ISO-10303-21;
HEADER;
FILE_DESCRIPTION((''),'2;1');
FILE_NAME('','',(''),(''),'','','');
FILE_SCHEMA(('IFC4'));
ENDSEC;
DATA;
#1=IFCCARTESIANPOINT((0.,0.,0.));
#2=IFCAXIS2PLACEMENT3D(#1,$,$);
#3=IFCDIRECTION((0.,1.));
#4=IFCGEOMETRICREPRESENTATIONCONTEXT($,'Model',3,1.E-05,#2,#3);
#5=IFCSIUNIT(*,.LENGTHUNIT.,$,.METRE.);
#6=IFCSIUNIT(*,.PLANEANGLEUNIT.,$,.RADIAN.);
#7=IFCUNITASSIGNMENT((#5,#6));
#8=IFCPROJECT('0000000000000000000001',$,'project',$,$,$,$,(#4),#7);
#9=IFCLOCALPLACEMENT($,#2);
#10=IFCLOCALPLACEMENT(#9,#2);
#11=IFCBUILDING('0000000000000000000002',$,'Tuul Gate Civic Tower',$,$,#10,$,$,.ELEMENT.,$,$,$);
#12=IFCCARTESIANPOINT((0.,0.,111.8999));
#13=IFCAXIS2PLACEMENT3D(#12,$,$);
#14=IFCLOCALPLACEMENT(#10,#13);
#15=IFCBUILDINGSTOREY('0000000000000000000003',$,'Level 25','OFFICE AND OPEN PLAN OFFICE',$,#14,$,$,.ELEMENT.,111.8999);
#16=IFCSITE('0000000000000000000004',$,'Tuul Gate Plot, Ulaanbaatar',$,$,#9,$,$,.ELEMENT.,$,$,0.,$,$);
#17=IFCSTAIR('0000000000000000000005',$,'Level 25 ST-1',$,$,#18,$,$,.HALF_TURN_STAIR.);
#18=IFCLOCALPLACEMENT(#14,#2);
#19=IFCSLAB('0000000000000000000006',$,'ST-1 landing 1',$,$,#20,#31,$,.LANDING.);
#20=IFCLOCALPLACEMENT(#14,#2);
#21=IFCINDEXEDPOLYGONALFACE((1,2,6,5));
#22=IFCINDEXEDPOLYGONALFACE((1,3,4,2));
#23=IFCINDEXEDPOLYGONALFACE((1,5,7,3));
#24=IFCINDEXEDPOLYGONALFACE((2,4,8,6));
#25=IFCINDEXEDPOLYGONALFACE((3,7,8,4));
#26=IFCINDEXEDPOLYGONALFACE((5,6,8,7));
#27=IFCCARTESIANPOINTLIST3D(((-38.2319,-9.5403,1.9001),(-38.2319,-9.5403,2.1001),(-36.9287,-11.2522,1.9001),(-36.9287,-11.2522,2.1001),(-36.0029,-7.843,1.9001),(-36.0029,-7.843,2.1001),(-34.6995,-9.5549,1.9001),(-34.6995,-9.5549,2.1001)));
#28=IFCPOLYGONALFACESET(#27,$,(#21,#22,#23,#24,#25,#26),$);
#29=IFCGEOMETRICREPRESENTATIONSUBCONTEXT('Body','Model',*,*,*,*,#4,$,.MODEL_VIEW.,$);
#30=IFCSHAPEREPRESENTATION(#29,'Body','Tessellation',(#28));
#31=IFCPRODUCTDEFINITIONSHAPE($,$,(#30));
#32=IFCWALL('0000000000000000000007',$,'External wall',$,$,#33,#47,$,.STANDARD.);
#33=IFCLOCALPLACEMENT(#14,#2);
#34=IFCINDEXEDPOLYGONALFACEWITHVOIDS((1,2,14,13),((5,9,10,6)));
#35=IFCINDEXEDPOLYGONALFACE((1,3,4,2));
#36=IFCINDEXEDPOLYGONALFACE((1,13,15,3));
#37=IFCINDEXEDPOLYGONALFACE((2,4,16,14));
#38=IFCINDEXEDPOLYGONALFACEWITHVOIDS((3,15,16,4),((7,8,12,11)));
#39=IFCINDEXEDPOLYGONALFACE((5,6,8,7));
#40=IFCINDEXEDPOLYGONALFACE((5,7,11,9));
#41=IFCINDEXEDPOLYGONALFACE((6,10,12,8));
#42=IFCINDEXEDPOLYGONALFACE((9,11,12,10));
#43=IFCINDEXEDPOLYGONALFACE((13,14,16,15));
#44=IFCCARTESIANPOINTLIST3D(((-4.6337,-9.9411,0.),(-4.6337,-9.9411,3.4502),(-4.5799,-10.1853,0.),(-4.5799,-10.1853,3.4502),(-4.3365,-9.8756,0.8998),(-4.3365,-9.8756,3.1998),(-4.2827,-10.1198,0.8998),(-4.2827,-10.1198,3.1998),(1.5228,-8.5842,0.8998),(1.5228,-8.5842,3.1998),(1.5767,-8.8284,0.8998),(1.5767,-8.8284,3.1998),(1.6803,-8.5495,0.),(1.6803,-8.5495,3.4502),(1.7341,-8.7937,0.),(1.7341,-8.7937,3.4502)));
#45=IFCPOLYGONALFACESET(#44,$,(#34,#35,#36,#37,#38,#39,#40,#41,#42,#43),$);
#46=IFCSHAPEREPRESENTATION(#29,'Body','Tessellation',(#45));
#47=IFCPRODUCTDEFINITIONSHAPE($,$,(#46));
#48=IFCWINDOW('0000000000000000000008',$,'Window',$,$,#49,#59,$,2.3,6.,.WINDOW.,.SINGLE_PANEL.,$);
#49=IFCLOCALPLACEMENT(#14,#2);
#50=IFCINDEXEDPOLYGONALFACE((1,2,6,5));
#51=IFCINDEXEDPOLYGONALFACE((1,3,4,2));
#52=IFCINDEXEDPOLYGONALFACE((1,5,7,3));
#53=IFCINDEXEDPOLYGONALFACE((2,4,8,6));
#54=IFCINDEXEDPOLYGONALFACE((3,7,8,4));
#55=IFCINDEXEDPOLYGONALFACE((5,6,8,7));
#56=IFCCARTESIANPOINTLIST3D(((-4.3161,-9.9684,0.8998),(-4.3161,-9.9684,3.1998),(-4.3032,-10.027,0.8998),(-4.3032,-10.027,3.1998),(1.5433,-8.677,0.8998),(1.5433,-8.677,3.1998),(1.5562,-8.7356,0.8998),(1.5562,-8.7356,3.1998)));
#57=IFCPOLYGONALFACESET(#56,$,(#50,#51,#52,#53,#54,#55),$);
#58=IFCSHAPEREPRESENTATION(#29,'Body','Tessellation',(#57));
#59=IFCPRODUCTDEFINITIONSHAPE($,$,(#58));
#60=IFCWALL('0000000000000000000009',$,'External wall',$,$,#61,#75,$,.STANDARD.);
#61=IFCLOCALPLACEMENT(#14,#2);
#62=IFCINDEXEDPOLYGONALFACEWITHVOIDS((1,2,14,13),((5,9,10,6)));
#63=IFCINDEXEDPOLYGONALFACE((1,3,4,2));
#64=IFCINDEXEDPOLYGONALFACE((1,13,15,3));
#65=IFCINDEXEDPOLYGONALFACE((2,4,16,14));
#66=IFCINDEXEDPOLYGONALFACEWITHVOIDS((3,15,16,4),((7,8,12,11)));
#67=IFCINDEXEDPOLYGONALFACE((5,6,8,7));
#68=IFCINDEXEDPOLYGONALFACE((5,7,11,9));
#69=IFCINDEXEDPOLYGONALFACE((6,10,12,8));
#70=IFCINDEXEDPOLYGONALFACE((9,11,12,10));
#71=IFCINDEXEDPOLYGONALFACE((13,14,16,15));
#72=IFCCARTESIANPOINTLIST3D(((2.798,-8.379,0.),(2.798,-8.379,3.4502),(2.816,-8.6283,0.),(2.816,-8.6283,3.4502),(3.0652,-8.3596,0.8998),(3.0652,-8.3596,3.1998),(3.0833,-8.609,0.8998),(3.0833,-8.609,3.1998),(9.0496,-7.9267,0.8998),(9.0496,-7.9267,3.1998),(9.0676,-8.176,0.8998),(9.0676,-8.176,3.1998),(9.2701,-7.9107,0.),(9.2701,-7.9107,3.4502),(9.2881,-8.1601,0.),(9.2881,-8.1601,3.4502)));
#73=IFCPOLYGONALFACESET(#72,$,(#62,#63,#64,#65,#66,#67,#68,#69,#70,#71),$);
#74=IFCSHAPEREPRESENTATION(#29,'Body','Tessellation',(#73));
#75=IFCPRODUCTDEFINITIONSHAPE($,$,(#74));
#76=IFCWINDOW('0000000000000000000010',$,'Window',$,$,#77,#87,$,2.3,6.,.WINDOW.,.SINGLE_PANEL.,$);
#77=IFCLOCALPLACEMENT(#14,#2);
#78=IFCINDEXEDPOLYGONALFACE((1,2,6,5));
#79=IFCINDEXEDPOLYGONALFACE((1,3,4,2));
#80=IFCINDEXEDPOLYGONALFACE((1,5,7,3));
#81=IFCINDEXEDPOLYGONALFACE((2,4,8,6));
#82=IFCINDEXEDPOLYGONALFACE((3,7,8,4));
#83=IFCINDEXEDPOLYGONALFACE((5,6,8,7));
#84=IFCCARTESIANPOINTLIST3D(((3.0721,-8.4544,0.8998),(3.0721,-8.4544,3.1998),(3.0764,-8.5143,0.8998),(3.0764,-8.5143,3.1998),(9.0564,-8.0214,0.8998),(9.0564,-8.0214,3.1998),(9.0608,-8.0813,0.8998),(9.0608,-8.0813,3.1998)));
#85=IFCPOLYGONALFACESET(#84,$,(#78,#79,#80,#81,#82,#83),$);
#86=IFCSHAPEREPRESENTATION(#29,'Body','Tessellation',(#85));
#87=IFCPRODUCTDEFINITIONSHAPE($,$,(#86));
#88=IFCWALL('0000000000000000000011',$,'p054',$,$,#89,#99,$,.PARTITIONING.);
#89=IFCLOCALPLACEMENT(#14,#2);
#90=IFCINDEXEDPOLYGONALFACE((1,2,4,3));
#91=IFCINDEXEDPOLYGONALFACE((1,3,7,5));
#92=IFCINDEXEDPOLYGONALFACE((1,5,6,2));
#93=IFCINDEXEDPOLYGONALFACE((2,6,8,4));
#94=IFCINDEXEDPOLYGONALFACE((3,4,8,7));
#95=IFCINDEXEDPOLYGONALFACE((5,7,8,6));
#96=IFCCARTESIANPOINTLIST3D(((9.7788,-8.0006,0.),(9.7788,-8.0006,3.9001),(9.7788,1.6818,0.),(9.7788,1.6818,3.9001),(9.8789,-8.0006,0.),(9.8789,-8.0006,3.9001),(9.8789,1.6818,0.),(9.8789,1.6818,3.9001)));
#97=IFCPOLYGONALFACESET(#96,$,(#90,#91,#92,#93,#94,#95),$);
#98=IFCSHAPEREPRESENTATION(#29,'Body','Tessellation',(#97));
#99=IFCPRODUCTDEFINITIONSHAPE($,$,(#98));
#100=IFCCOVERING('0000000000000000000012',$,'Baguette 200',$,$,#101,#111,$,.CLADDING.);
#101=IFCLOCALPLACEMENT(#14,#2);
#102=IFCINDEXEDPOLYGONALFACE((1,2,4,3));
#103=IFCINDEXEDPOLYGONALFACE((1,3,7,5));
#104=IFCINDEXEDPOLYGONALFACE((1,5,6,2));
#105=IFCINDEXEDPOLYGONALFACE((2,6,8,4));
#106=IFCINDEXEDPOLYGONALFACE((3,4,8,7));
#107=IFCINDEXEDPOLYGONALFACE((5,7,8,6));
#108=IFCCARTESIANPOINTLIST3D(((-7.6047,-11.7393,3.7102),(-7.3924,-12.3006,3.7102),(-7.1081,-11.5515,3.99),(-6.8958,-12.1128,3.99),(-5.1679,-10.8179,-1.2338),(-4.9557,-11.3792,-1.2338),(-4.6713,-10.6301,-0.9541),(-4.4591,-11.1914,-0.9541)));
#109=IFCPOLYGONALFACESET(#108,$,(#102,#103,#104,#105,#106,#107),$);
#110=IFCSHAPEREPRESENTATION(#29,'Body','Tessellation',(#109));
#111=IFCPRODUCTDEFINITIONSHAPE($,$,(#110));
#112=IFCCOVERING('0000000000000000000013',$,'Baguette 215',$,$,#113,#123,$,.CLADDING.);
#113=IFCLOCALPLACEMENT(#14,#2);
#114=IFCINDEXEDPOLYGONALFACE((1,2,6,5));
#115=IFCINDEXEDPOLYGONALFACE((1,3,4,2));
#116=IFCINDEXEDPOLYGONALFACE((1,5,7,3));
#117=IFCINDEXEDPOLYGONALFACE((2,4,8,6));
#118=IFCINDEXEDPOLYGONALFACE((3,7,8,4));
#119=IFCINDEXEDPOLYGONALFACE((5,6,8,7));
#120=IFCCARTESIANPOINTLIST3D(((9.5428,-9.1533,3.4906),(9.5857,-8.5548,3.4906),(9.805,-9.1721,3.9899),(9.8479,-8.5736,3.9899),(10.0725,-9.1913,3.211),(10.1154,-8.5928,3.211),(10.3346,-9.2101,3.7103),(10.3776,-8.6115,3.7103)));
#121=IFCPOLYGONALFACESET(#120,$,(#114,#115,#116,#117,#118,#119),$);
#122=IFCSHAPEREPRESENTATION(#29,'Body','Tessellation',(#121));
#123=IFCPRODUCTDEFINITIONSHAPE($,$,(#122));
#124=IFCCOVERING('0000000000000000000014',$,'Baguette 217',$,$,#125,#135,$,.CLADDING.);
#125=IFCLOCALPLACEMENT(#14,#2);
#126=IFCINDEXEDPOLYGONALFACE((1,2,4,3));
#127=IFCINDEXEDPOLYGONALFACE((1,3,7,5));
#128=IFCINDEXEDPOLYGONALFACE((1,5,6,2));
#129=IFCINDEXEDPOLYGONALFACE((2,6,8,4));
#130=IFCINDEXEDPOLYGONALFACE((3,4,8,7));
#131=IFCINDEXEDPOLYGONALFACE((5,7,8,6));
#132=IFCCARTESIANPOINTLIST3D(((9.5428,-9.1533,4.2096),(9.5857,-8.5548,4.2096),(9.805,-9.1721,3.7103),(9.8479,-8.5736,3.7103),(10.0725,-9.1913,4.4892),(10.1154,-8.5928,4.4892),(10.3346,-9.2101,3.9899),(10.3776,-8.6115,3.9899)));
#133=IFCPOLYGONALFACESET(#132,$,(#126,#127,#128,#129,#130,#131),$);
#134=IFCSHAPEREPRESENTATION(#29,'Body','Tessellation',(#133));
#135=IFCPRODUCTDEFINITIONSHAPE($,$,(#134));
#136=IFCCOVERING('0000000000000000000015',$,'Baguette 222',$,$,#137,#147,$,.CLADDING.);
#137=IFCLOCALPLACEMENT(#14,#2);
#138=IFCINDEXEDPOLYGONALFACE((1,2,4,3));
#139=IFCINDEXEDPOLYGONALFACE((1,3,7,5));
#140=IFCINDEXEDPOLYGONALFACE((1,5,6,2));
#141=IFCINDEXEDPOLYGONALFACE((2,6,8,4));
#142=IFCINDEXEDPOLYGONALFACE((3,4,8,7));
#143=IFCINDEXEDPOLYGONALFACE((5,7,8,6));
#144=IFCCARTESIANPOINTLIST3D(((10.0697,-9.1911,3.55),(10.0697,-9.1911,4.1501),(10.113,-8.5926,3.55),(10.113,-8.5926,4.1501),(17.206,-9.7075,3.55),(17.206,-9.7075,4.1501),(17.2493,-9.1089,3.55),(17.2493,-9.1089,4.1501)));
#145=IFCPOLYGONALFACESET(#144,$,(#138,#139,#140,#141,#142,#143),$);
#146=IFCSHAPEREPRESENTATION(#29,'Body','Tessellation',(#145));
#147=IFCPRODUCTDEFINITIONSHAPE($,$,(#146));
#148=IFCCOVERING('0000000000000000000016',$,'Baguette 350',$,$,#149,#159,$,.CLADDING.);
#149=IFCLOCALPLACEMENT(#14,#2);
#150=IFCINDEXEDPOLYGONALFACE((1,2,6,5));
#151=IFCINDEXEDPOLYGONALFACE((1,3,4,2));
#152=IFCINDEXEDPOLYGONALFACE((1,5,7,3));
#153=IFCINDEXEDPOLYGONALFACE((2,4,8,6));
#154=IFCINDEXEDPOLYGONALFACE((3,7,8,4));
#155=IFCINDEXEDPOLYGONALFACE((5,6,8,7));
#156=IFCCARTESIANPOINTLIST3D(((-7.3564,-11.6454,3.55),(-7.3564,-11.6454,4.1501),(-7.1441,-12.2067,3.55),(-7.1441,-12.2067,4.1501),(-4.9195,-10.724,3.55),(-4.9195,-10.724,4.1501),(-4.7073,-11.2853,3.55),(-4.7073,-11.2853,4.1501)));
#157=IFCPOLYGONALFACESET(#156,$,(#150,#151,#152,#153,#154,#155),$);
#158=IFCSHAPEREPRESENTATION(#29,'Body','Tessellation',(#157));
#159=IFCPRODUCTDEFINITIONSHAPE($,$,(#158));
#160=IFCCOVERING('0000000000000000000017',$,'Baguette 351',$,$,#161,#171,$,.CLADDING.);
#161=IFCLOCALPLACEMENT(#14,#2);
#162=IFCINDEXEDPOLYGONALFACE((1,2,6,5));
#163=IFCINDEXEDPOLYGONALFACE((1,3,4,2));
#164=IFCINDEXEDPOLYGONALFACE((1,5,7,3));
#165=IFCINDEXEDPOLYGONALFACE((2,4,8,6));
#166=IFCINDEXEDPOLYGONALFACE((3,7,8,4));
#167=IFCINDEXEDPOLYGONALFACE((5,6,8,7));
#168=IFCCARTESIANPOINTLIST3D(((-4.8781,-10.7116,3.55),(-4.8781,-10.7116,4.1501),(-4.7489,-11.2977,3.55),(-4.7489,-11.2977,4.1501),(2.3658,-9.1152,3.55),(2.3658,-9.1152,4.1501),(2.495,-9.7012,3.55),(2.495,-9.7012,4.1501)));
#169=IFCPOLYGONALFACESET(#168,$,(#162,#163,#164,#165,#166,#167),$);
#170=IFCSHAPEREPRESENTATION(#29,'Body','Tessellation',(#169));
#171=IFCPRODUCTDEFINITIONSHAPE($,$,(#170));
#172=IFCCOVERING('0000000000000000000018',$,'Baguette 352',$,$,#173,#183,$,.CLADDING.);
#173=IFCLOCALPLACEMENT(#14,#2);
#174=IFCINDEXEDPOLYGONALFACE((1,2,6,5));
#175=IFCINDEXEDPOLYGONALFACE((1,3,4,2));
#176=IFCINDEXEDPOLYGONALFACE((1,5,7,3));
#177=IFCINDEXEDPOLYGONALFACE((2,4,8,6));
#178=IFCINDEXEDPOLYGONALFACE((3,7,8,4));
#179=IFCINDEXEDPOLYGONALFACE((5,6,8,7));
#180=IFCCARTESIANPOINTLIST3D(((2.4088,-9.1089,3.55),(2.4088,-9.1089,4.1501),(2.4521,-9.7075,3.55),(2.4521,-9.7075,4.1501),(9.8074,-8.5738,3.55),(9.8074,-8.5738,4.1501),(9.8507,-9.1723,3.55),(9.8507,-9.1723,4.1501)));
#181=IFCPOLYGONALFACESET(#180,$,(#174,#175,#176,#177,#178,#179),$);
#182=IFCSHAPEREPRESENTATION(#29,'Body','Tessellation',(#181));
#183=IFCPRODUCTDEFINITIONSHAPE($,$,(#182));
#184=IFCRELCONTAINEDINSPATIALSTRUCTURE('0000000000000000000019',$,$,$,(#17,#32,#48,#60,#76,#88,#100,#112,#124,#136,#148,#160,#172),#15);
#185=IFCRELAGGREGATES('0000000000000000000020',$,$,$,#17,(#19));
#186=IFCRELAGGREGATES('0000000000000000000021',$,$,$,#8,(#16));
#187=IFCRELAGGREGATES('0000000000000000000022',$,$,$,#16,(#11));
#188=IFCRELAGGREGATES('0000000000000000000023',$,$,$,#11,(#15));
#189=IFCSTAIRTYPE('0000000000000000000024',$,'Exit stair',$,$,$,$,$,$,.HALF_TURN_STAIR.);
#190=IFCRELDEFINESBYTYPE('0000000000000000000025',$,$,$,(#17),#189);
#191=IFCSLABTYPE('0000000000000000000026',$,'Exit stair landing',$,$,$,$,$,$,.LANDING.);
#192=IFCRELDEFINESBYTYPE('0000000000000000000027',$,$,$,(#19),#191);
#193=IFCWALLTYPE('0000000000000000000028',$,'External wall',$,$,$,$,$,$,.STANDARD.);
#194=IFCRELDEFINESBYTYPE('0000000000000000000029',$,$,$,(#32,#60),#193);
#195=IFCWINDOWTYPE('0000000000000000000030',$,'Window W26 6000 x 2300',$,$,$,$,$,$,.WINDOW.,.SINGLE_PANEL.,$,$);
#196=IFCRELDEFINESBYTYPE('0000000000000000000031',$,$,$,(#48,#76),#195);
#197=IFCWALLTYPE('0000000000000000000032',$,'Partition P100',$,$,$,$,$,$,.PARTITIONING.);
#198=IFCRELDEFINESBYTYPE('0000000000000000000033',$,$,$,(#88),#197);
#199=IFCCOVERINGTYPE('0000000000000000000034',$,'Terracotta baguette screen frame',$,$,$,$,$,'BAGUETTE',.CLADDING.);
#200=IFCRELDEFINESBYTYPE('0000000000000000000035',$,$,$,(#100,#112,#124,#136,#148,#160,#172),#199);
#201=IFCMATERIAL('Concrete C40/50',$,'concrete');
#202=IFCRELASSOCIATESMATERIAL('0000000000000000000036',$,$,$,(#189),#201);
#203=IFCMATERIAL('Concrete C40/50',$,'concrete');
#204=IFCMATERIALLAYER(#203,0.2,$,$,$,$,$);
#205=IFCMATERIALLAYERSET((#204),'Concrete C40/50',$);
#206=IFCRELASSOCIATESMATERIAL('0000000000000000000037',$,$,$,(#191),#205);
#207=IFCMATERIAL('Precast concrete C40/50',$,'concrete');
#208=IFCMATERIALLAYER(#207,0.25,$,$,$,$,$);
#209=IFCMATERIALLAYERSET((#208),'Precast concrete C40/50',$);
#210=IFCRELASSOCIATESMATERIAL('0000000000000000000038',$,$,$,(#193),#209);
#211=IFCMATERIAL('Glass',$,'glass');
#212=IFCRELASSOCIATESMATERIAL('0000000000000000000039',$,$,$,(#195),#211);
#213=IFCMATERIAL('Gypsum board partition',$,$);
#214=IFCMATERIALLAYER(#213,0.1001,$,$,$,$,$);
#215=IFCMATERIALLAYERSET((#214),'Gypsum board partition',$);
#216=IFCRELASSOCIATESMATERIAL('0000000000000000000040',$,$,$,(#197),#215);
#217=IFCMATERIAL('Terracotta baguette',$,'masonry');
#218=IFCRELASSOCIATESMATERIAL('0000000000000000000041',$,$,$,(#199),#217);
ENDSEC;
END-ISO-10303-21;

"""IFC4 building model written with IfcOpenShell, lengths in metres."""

from ifc_helpers import new_model, si_unit, direction, frame, frame_2d, origin, origin_2d, place, context, subcontext, project, spatial, polyline, rectangle, outline, extrude, material, layer, layer_set, material_profile, profile_set, type_object, element, fill, aggregate, save


model = new_model("IFC4")

# Units and contexts
model_context = context("Model", 3, precision=1e-05, world=origin(), true_north=direction((0.0, 1.0)))
body_context = subcontext(model_context, "Body", "Model", "MODEL_VIEW")
ifc_project = project(units=[si_unit("LENGTHUNIT", "METRE"), si_unit("PLANEANGLEUNIT", "RADIAN")], contexts=[model_context])

# Site, building, storey
site_placement = place(None, origin())
site = spatial("IfcSite", under=ifc_project, at=site_placement, Name="Tuul Gate Plot, Ulaanbaatar", CompositionType="ELEMENT", RefElevation=0.0)
building_placement = place(site_placement, origin())
building = spatial("IfcBuilding", under=site, at=building_placement, Name="Tuul Gate Civic Tower", CompositionType="ELEMENT")
storey_placement = place(building_placement, frame((0.0, 0.0, 111.8999)))
storey = spatial("IfcBuildingStorey", under=building, at=storey_placement, Name="Level 25", Description="OFFICE AND OPEN PLAN OFFICE", CompositionType="ELEMENT", Elevation=111.8999)

# Stair, slab
ifc_material_1 = material(Name="Concrete C40/50", Category="concrete")
stair_type = type_object("IfcStairType", Name="Exit stair", PredefinedType="HALF_TURN_STAIR", material=ifc_material_1)
stair_placement = place(storey_placement, origin())
stair = element("IfcStair", 1, at=stair_placement, inside=storey, type_object=stair_type, Name="Level 25 ST-1", PredefinedType="HALF_TURN_STAIR")
ifc_material_2 = material(Name="Concrete C40/50", Category="concrete")
ifc_layer_1 = layer(ifc_material_2, 0.2)
ifc_layer_set_1 = layer_set([ifc_layer_1], Name="Concrete C40/50")
slab_type = type_object("IfcSlabType", Name="Exit stair landing", PredefinedType="LANDING", material=ifc_layer_set_1)
slab_placement = place(storey_placement, frame((0.0, 0.0, 1.9001)))
slab = element("IfcSlab", 2, at=slab_placement, type_object=slab_type, Name="ST-1 landing 1", PredefinedType="LANDING", context=body_context, shape_type="SweptSolid", body=[
    extrude(outline(polyline([(-34.6995, -9.5549), (-36.9287, -11.2522), (-38.2319, -9.5403), (-36.0029, -7.843), (-34.6995, -9.5549)])), origin(), (0.0, 0.0, 1.0), 0.2),
])
aggregate(stair, [slab])

# Walls, openings, windows
ifc_material_3 = material(Name="Precast concrete C40/50", Category="concrete")
ifc_layer_2 = layer(ifc_material_3, 0.25)
ifc_layer_set_2 = layer_set([ifc_layer_2], Name="Precast concrete C40/50")
wall_type_1 = type_object("IfcWallType", Name="External wall", PredefinedType="STANDARD", material=ifc_layer_set_2)
wall_1_placement = place(storey_placement, frame((-4.6069, -10.0632, 0.0), z_axis=(0.0, 0.0, 1.0), x_axis=(0.976562, 0.215235, 0.0)))
wall_1 = element("IfcWall", 3, at=wall_1_placement, inside=storey, type_object=wall_type_1, Name="External wall", PredefinedType="STANDARD", context=body_context, shape_type="SweptSolid", body=[
    extrude(rectangle(XDim=6.4656, YDim=0.25, at=frame_2d((3.2329, 0.0))), origin(), (0.0, 0.0, 1.0), 3.4502),
])
opening_1_placement = place(wall_1_placement, frame((0.3044, 0.0, 0.8999)))
opening_1 = element("IfcOpeningElement", 4, at=opening_1_placement, cuts=wall_1, PredefinedType="OPENING", context=body_context, shape_type="SweptSolid", body=[
    extrude(rectangle(XDim=6.0, YDim=2.3, at=frame_2d((3.0, 1.1499))), frame((0.0, 0.135, 0.0), z_axis=(0.0, -1.0, 0.0), x_axis=(1.0, 0.0, 0.0)), (0.0, 0.0, 1.0), 0.27),
])
ifc_material_4 = material(Name="Glass", Category="glass")
window_type = type_object("IfcWindowType", Name="Window W26 6000 x 2300", PartitioningType="SINGLE_PANEL", PredefinedType="WINDOW", material=ifc_material_4)
window_1_placement = place(opening_1_placement, origin())
window_1 = element("IfcWindow", 5, at=window_1_placement, inside=storey, type_object=window_type, Name="Window", OverallHeight=2.3, OverallWidth=6.0, PartitioningType="SINGLE_PANEL", PredefinedType="WINDOW", context=body_context, shape_type="SweptSolid", body=[
    extrude(rectangle(XDim=6.0, YDim=2.3, at=frame_2d((3.0, 1.1499))), frame((0.0, 0.03, 0.0), z_axis=(0.0, -1.0, 0.0), x_axis=(1.0, 0.0, 0.0)), (0.0, 0.0, 1.0), 0.0601),
])
fill(opening_1, window_1)
wall_2_placement = place(storey_placement, frame((2.8069, -8.5037, 0.0), z_axis=(0.0, 0.0, 1.0), x_axis=(0.997393, 0.072161, 0.0)))
wall_2 = element("IfcWall", 6, at=wall_2_placement, inside=storey, type_object=wall_type_1, Name="External wall", PredefinedType="STANDARD", context=body_context, shape_type="SweptSolid", body=[
    extrude(rectangle(XDim=6.489, YDim=0.25, at=frame_2d((3.2446, 0.0))), origin(), (0.0, 0.0, 1.0), 3.4502),
])
opening_2_placement = place(wall_2_placement, frame((0.2681, 0.0, 0.8999)))
opening_2 = element("IfcOpeningElement", 7, at=opening_2_placement, cuts=wall_2, PredefinedType="OPENING", context=body_context, shape_type="SweptSolid", body=[
    extrude(rectangle(XDim=6.0, YDim=2.3, at=frame_2d((3.0, 1.1499))), frame((0.0, 0.135, 0.0), z_axis=(0.0, -1.0, 0.0), x_axis=(1.0, 0.0, 0.0)), (0.0, 0.0, 1.0), 0.27),
])
window_2_placement = place(opening_2_placement, origin())
window_2 = element("IfcWindow", 8, at=window_2_placement, inside=storey, type_object=window_type, Name="Window", OverallHeight=2.3, OverallWidth=6.0, PartitioningType="SINGLE_PANEL", PredefinedType="WINDOW", context=body_context, shape_type="SweptSolid", body=[
    extrude(rectangle(XDim=6.0, YDim=2.3, at=frame_2d((3.0, 1.1499))), frame((0.0, 0.03, 0.0), z_axis=(0.0, -1.0, 0.0), x_axis=(1.0, 0.0, 0.0)), (0.0, 0.0, 1.0), 0.0601),
])
fill(opening_2, window_2)

# Wall
ifc_material_5 = material(Name="Gypsum board partition")
ifc_layer_3 = layer(ifc_material_5, 0.1001)
ifc_layer_set_3 = layer_set([ifc_layer_3], Name="Gypsum board partition")
wall_type_2 = type_object("IfcWallType", Name="Partition P100", PredefinedType="PARTITIONING", material=ifc_layer_set_3)
wall_3_placement = place(storey_placement, frame((9.8289, -8.0007, 0.0), z_axis=(0.0, 0.0, 1.0), x_axis=(0.0, 1.0, 0.0)))
element("IfcWall", 9, at=wall_3_placement, inside=storey, type_object=wall_type_2, Name="p054", PredefinedType="PARTITIONING", context=body_context, shape_type="SweptSolid", body=[
    extrude(rectangle(XDim=9.6824, YDim=0.1001, at=frame_2d((4.8413, 0.0))), origin(), (0.0, 0.0, 1.0), 3.9001),
])

# Coverings
ifc_material_6 = material(Name="Terracotta baguette", Category="masonry")
ifc_material_profile_1 = material_profile(ifc_material_6, rectangle(XDim=0.6001, YDim=0.6001, at=origin_2d()), Name="Terracotta baguette screen frame")
ifc_profile_set_1 = profile_set([ifc_material_profile_1], Name="Terracotta baguette")
covering_type = type_object("IfcCoveringType", Name="Terracotta baguette screen frame", ElementType="BAGUETTE", PredefinedType="CLADDING", material=ifc_profile_set_1)
covering_1_placement = place(storey_placement, frame((-7.2502, -11.926, 3.8501), z_axis=(0.436036, 0.164873, -0.884697), x_axis=(-0.353679, 0.935367, 0.0)))
element("IfcCovering", 10, at=covering_1_placement, inside=storey, type_object=covering_type, Name="Baguette 200", PredefinedType="CLADDING", context=body_context, shape_type="SweptSolid", body=[
    extrude(rectangle(XDim=0.6001, YDim=0.6001, at=origin_2d()), origin(), (0.0, 0.0, 1.0), 5.5884),
])
for number, where, z_axis, x_axis, name in (
    (11, (9.8291, -8.873, 3.3508), (0.464703, -0.033317, 0.88484), (0.071511, 0.99744, 0.0), "Baguette 215"),
    (12, (9.8291, -8.873, 4.3494), (0.464703, -0.033317, -0.88484), (0.071511, 0.99744, 0.0), "Baguette 217"),
):
    element("IfcCovering", number, at=place(storey_placement, frame(where, z_axis=z_axis, x_axis=x_axis)), inside=storey, type_object=covering_type, Name=name, PredefinedType="CLADDING", context=body_context, shape_type="SweptSolid", body=[
        extrude(rectangle(XDim=0.6001, YDim=0.6001, at=origin_2d()), origin(), (0.0, 0.0, 1.0), 0.5642),
    ])
covering_2_placement = place(storey_placement, frame((10.0913, -8.8918, 3.8501), z_axis=(0.997393, -0.072166, 0.0), x_axis=(0.072166, 0.997393, 0.0)))
element("IfcCovering", 13, at=covering_2_placement, inside=storey, type_object=covering_type, Name="Baguette 222", PredefinedType="CLADDING", context=body_context, shape_type="SweptSolid", body=[
    extrude(rectangle(XDim=0.6001, YDim=0.6001, at=origin_2d()), origin(), (0.0, 0.0, 1.0), 7.155),
])
covering_3_placement = place(storey_placement, frame((-7.2502, -11.926, 3.8501), z_axis=(0.935367, 0.353679, 0.0), x_axis=(-0.353679, 0.935367, 0.0)))
element("IfcCovering", 14, at=covering_3_placement, inside=storey, type_object=covering_type, Name="Baguette 350", PredefinedType="CLADDING", context=body_context, shape_type="SweptSolid", body=[
    extrude(rectangle(XDim=0.6001, YDim=0.6001, at=origin_2d()), origin(), (0.0, 0.0, 1.0), 2.6052),
])
covering_4_placement = place(storey_placement, frame((-4.8135, -11.0046, 3.8501), z_axis=(0.976566, 0.215219, 0.0), x_axis=(-0.215219, 0.976566, 0.0)))
element("IfcCovering", 15, at=covering_4_placement, inside=storey, type_object=covering_type, Name="Baguette 351", PredefinedType="CLADDING", context=body_context, shape_type="SweptSolid", body=[
    extrude(rectangle(XDim=0.6001, YDim=0.6001, at=origin_2d()), origin(), (0.0, 0.0, 1.0), 7.4177),
])
covering_5_placement = place(storey_placement, frame((2.4304, -9.4082, 3.8501), z_axis=(0.997394, 0.072143, 0.0), x_axis=(-0.072143, 0.997394, 0.0)))
element("IfcCovering", 16, at=covering_5_placement, inside=storey, type_object=covering_type, Name="Baguette 352", PredefinedType="CLADDING", context=body_context, shape_type="SweptSolid", body=[
    extrude(rectangle(XDim=0.6001, YDim=0.6001, at=origin_2d()), origin(), (0.0, 0.0, 1.0), 7.418),
])

save(model, "model.ifc")
